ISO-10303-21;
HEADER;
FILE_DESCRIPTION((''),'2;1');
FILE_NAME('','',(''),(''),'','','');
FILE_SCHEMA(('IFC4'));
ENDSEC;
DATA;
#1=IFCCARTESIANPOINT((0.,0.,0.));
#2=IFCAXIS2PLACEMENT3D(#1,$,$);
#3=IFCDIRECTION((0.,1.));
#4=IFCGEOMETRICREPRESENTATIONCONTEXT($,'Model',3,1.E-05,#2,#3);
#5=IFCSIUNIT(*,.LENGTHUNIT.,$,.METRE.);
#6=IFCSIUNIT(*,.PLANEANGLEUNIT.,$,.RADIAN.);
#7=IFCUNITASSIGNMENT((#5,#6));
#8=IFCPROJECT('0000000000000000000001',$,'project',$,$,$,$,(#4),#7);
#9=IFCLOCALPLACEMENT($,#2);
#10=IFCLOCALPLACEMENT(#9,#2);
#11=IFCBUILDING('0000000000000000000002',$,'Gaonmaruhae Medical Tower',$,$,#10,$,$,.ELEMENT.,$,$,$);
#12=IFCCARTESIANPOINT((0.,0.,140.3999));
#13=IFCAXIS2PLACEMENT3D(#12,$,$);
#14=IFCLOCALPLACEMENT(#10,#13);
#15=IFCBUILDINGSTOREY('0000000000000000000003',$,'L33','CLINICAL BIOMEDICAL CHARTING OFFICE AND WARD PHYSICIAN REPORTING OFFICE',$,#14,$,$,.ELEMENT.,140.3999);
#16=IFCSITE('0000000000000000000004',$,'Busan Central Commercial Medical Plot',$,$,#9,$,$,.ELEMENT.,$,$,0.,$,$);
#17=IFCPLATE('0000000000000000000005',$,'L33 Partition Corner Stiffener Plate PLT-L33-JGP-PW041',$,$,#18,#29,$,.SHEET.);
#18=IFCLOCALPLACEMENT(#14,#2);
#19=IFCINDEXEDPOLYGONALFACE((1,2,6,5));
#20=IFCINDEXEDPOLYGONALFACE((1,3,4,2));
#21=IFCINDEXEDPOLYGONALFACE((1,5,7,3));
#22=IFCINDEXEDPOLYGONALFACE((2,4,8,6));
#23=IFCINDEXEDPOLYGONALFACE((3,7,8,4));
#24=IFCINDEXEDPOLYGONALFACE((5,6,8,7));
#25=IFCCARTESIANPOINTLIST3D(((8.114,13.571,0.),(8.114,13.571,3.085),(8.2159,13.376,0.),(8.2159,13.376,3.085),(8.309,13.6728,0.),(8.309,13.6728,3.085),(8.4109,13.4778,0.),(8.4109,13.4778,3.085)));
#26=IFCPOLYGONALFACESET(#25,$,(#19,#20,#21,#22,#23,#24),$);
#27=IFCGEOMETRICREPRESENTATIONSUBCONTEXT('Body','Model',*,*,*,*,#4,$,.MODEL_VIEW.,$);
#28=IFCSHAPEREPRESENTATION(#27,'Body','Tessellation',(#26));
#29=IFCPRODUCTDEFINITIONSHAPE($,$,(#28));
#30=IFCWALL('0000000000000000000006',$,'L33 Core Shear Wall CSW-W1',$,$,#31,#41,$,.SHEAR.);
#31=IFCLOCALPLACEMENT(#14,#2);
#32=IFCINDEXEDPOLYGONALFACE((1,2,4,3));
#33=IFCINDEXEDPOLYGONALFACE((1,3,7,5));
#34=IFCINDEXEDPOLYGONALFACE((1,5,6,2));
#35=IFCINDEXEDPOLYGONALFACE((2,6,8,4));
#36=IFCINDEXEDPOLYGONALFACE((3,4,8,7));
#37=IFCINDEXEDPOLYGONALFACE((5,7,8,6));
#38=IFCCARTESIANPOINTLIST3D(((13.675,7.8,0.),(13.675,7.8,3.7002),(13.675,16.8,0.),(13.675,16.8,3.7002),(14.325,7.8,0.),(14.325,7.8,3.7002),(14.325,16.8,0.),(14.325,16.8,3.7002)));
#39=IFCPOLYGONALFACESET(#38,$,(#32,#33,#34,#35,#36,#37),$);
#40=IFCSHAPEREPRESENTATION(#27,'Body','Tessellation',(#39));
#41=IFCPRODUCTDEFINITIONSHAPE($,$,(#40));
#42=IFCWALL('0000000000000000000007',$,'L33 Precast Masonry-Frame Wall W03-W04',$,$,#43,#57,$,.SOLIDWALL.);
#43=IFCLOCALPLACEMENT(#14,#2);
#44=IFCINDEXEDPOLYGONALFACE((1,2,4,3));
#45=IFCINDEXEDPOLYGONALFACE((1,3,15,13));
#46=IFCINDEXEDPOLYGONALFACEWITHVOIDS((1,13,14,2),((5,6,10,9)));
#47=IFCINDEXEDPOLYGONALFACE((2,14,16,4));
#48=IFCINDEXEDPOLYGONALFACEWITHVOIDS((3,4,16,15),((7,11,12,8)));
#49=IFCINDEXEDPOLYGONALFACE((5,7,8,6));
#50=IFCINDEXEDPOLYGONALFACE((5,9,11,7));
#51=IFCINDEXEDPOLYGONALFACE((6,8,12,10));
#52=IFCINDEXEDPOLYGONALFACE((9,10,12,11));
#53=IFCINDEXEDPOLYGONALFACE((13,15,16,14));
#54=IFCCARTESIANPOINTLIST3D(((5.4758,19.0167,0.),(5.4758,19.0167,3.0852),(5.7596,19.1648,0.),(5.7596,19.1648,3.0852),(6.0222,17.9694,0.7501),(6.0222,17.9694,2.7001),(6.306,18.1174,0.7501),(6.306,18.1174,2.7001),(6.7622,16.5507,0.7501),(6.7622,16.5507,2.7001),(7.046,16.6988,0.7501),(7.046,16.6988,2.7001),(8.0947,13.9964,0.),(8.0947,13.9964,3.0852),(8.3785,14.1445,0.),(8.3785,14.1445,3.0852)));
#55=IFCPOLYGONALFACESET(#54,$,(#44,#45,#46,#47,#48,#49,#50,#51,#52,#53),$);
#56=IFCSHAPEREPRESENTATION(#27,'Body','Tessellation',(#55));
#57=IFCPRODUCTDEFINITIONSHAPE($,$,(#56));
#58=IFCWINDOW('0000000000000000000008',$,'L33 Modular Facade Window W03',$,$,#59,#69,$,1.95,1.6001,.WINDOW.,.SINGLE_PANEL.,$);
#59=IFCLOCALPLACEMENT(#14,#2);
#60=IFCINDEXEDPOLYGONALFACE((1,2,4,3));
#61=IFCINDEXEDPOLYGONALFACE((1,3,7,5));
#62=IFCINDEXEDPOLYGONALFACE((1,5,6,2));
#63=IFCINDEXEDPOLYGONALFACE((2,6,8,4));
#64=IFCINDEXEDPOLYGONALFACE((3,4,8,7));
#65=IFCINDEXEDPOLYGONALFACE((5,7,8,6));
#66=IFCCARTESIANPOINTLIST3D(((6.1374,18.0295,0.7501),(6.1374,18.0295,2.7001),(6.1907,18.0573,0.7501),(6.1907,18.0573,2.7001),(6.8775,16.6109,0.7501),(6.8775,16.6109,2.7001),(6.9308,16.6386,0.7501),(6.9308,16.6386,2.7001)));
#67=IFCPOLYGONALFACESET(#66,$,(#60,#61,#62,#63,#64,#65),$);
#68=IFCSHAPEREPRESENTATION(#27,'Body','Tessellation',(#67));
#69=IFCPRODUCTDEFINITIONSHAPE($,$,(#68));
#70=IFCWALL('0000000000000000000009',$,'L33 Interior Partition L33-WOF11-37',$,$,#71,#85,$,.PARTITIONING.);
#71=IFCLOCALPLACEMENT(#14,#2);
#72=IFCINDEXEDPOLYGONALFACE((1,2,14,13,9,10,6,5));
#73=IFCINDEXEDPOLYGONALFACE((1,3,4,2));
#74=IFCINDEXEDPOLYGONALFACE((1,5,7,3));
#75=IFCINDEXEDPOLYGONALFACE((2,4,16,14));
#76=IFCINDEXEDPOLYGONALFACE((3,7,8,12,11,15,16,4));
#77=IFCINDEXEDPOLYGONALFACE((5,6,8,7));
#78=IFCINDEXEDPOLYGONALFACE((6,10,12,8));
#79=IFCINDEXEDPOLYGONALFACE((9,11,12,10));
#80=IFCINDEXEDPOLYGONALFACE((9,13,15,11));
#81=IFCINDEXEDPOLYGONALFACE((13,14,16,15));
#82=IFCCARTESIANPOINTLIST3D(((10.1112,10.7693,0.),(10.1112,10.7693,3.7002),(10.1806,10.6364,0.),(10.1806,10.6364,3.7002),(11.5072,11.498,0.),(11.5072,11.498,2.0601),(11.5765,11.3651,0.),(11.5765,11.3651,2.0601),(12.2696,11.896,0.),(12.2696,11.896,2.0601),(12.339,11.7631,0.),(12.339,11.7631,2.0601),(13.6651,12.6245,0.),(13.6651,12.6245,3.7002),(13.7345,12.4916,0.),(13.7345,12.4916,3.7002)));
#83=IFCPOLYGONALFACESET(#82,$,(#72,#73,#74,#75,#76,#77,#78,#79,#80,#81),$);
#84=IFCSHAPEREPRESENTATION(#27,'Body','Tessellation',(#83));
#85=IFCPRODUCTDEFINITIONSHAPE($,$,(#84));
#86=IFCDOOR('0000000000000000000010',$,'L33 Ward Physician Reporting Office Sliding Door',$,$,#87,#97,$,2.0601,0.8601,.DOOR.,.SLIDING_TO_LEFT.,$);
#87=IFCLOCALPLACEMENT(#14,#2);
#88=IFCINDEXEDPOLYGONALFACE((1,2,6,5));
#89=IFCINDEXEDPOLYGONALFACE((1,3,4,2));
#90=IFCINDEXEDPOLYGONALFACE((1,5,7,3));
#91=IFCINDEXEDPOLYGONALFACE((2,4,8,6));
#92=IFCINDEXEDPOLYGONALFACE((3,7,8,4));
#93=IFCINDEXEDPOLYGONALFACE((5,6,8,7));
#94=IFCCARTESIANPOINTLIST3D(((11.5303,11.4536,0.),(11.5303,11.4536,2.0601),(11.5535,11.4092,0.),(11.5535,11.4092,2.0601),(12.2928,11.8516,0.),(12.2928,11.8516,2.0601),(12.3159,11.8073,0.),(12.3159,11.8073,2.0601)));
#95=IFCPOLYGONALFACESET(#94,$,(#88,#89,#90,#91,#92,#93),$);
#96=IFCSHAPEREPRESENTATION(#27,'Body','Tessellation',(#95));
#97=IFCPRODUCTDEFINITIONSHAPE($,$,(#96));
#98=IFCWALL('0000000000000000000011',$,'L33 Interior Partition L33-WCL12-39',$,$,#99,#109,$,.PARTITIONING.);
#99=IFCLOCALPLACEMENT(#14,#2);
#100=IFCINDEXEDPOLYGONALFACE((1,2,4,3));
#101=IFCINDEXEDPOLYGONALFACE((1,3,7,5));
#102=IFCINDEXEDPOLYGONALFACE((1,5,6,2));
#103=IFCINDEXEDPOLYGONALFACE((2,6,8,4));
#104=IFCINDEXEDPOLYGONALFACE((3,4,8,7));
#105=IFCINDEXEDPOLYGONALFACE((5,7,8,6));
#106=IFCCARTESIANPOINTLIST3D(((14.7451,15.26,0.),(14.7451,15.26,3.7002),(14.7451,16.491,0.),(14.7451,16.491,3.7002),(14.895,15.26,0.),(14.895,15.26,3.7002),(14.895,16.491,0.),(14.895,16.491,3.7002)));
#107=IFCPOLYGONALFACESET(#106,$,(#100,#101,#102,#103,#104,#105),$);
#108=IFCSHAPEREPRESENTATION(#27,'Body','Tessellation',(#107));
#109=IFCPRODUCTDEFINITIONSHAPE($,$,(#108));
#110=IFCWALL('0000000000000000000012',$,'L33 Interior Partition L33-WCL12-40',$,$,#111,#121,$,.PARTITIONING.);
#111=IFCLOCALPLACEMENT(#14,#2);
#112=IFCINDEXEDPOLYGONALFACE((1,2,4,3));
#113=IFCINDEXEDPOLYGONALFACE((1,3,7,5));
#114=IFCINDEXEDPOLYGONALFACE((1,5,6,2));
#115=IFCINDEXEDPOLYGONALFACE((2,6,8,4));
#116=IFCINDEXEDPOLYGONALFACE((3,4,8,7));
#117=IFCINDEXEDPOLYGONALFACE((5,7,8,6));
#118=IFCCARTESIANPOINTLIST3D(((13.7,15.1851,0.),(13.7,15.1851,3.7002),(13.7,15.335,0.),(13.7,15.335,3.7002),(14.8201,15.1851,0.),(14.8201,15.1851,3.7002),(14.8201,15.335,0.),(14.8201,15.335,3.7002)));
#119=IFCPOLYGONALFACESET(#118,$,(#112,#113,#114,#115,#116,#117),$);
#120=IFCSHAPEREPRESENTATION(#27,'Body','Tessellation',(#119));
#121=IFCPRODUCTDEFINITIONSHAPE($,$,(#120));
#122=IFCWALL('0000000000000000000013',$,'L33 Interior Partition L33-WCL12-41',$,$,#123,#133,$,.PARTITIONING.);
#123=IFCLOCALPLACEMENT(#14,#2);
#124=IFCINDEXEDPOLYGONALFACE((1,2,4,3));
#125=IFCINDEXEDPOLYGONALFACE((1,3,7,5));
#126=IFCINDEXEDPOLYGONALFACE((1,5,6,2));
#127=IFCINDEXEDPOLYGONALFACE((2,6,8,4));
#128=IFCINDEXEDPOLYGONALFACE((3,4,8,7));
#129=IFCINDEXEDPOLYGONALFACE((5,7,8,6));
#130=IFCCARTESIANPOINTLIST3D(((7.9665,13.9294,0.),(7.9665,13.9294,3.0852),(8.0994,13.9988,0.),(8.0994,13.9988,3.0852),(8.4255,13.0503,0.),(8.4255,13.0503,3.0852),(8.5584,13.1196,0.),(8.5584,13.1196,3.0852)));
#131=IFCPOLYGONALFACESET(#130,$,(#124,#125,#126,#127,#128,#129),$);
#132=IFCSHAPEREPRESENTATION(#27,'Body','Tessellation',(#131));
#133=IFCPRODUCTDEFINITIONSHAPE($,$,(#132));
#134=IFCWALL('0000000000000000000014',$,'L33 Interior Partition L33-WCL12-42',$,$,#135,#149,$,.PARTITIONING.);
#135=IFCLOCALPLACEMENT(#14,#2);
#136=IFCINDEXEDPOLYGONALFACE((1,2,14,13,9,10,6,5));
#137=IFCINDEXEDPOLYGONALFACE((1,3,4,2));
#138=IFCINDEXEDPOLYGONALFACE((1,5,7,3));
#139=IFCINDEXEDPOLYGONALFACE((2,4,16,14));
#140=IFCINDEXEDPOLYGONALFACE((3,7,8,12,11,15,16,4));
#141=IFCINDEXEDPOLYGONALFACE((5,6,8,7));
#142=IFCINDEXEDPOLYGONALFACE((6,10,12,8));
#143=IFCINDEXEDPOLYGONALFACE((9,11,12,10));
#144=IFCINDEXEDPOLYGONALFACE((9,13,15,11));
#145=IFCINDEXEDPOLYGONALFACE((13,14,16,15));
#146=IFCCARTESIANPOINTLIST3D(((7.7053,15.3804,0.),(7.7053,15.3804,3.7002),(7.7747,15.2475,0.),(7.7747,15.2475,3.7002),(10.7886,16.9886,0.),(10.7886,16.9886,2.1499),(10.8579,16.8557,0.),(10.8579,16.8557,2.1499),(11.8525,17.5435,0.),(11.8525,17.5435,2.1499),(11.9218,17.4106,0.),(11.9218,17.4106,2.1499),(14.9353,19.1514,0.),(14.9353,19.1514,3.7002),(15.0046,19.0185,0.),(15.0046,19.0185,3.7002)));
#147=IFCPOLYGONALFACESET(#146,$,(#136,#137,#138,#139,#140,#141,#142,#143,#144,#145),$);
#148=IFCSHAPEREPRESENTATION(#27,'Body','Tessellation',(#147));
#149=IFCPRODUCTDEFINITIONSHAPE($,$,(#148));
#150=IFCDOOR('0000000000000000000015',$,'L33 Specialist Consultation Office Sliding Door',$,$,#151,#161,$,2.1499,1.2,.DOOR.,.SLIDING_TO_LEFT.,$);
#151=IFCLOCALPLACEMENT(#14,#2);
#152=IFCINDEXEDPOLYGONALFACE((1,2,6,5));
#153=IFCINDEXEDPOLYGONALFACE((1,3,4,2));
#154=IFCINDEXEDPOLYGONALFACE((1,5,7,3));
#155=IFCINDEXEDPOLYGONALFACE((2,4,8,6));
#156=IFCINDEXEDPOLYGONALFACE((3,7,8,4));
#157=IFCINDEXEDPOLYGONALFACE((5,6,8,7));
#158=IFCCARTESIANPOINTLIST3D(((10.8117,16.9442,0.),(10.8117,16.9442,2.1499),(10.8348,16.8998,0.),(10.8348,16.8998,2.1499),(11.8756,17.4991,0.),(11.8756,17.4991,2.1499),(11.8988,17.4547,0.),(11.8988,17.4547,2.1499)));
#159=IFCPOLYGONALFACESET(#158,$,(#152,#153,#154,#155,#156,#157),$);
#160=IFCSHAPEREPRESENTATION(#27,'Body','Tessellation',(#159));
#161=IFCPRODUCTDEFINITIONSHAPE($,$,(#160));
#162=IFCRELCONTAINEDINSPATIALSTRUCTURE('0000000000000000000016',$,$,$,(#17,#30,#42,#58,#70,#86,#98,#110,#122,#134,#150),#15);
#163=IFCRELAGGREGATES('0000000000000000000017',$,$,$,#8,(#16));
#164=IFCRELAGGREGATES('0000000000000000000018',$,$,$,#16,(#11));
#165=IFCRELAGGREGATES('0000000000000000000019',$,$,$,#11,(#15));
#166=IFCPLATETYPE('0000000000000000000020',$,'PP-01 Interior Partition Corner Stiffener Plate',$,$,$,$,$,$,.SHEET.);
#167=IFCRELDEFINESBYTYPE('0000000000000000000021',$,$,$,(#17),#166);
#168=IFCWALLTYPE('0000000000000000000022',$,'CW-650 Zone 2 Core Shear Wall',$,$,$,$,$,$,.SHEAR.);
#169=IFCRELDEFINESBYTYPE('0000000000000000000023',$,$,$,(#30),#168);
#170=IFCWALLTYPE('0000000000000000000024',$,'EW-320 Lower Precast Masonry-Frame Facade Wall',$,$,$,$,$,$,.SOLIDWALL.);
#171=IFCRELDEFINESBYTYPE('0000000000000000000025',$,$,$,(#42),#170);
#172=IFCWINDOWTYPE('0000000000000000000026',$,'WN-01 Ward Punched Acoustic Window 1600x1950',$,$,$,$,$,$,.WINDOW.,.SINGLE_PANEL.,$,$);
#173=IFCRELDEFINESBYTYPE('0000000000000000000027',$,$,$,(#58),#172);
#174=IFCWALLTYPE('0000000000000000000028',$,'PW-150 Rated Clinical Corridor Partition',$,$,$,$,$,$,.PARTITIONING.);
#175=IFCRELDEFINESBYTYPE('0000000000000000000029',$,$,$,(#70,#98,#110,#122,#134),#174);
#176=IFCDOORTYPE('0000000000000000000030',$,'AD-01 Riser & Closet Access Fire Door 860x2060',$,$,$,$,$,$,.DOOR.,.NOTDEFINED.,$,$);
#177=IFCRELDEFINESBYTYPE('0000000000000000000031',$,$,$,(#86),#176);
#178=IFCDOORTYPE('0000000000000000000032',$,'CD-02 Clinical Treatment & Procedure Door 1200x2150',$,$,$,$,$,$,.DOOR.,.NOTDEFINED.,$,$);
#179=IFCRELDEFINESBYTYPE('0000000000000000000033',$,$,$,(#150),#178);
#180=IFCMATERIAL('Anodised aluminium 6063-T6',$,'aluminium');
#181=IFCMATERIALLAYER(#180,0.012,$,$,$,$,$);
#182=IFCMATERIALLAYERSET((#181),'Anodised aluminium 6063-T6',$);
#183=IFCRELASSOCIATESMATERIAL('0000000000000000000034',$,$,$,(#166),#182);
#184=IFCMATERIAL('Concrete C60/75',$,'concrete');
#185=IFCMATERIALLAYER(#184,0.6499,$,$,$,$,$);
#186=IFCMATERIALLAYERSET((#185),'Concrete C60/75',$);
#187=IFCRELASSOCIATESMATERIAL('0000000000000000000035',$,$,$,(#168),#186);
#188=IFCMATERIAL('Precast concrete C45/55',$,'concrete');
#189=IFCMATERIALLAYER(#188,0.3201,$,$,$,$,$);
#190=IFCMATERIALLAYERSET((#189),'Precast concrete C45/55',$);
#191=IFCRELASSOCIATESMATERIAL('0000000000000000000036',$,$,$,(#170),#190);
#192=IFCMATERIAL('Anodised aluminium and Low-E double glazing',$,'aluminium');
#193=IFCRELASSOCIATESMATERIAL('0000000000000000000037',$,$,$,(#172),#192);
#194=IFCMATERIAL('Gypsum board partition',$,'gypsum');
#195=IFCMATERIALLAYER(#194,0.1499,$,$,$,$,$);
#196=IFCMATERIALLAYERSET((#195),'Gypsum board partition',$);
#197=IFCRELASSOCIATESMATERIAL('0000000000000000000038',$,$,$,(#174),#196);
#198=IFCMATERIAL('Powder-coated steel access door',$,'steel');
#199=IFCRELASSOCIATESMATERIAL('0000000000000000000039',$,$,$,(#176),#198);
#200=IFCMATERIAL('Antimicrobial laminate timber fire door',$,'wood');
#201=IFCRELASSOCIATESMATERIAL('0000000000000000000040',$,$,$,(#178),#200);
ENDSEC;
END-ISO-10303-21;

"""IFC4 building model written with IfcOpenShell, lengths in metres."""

from ifc_helpers import new_model, si_unit, direction, frame, frame_2d, origin, origin_2d, place, context, subcontext, project, spatial, rectangle, extrude, material, layer, layer_set, type_object, element, fill, save


model = new_model("IFC4")

# Units and contexts
model_context = context("Model", 3, precision=1e-05, world=origin(), true_north=direction((0.0, 1.0)))
body_context = subcontext(model_context, "Body", "Model", "MODEL_VIEW")
ifc_project = project(units=[si_unit("LENGTHUNIT", "METRE"), si_unit("PLANEANGLEUNIT", "RADIAN")], contexts=[model_context])

# Site, building, storey
site_placement = place(None, origin())
site = spatial("IfcSite", under=ifc_project, at=site_placement, Name="Busan Central Commercial Medical Plot", CompositionType="ELEMENT", RefElevation=0.0)
building_placement = place(site_placement, origin())
building = spatial("IfcBuilding", under=site, at=building_placement, Name="Gaonmaruhae Medical Tower", CompositionType="ELEMENT")
storey_placement = place(building_placement, frame((0.0, 0.0, 140.3999)))
storey = spatial("IfcBuildingStorey", under=building, at=storey_placement, Name="L33", Description="CLINICAL BIOMEDICAL CHARTING OFFICE AND WARD PHYSICIAN REPORTING OFFICE", CompositionType="ELEMENT", Elevation=140.3999)

# Shared definitions
ifc_material_1 = material(Name="Concrete C60/75", Category="concrete")

# Plate
ifc_material_2 = material(Name="Anodised aluminium 6063-T6", Category="aluminium")
ifc_layer_1 = layer(ifc_material_2, 0.012)
ifc_layer_set_1 = layer_set([ifc_layer_1], Name="Anodised aluminium 6063-T6")
plate_type = type_object("IfcPlateType", Name="PP-01 Interior Partition Corner Stiffener Plate", PredefinedType="SHEET", material=ifc_layer_set_1)
plate_placement = place(storey_placement, frame((8.2625, 13.5244, 0.0), z_axis=(0.0, 0.0, 1.0), x_axis=(-0.462878, 0.886422, 0.0)))
element("IfcPlate", 1, at=plate_placement, inside=storey, type_object=plate_type, Name="L33 Partition Corner Stiffener Plate PLT-L33-JGP-PW041", PredefinedType="SHEET", context=body_context, shape_type="SweptSolid", body=[
    extrude(rectangle(XDim=0.22, YDim=0.22, at=origin_2d()), origin(), (0.0, 0.0, 1.0), 3.085),
])

# Wall
ifc_layer_2 = layer(ifc_material_1, 0.6499)
ifc_layer_set_2 = layer_set([ifc_layer_2], Name="Concrete C60/75")
wall_type_1 = type_object("IfcWallType", Name="CW-650 Zone 2 Core Shear Wall", PredefinedType="SHEAR", material=ifc_layer_set_2)
wall_1_placement = place(storey_placement, frame((14.0, 16.8, 0.0), z_axis=(0.0, 0.0, 1.0), x_axis=(0.0, -1.0, 0.0)))
element("IfcWall", 2, at=wall_1_placement, inside=storey, type_object=wall_type_1, Name="L33 Core Shear Wall CSW-W1", PredefinedType="SHEAR", context=body_context, shape_type="SweptSolid", body=[
    extrude(rectangle(XDim=9.0, YDim=0.6499, at=frame_2d((4.5, 0.0))), origin(), (0.0, 0.0, 1.0), 3.7002),
])

# Wall, opening, window
ifc_material_3 = material(Name="Precast concrete C45/55", Category="concrete")
ifc_layer_3 = layer(ifc_material_3, 0.3201)
ifc_layer_set_3 = layer_set([ifc_layer_3], Name="Precast concrete C45/55")
wall_type_2 = type_object("IfcWallType", Name="EW-320 Lower Precast Masonry-Frame Facade Wall", PredefinedType="SOLIDWALL", material=ifc_layer_set_3)
wall_2_placement = place(storey_placement, frame((8.2366, 14.0706, 0.0), z_axis=(0.0, 0.0, 1.0), x_axis=(-0.462514, 0.886612, 0.0)))
wall_2 = element("IfcWall", 3, at=wall_2_placement, inside=storey, type_object=wall_type_2, Name="L33 Precast Masonry-Frame Wall W03-W04", PredefinedType="SOLIDWALL", context=body_context, shape_type="SweptSolid", body=[
    extrude(rectangle(XDim=5.6624, YDim=0.3201, at=frame_2d((2.8311, 0.0))), origin(), (0.0, 0.0, 1.0), 3.0852),
])
opening_1_placement = place(wall_2_placement, frame((2.8809, 0.0, 0.75)))
opening_1 = element("IfcOpeningElement", 4, at=opening_1_placement, cuts=wall_2, PredefinedType="OPENING", context=body_context, shape_type="SweptSolid", body=[
    extrude(rectangle(XDim=1.6001, YDim=1.95, at=frame_2d((0.8, 0.9751))), frame((0.0, 0.1699, 0.0), z_axis=(0.0, -1.0, 0.0), x_axis=(1.0, 0.0, 0.0)), (0.0, 0.0, 1.0), 0.3401),
])
ifc_material_4 = material(Name="Anodised aluminium and Low-E double glazing", Category="aluminium")
window_type = type_object("IfcWindowType", Name="WN-01 Ward Punched Acoustic Window 1600x1950", PartitioningType="SINGLE_PANEL", PredefinedType="WINDOW", material=ifc_material_4)
window_placement = place(opening_1_placement, origin())
window = element("IfcWindow", 5, at=window_placement, inside=storey, type_object=window_type, Name="L33 Modular Facade Window W03", OverallHeight=1.95, OverallWidth=1.6001, PartitioningType="SINGLE_PANEL", PredefinedType="WINDOW", context=body_context, shape_type="SweptSolid", body=[
    extrude(rectangle(XDim=1.6001, YDim=1.95, at=frame_2d((0.8, 0.9751))), frame((0.0, 0.03, 0.0), z_axis=(0.0, -1.0, 0.0), x_axis=(1.0, 0.0, 0.0)), (0.0, 0.0, 1.0), 0.0601),
])
fill(opening_1, window)

# Wall, opening, door
ifc_material_5 = material(Name="Gypsum board partition", Category="gypsum")
ifc_layer_4 = layer(ifc_material_5, 0.1499)
ifc_layer_set_4 = layer_set([ifc_layer_4], Name="Gypsum board partition")
wall_type_3 = type_object("IfcWallType", Name="PW-150 Rated Clinical Corridor Partition", PredefinedType="PARTITIONING", material=ifc_layer_set_4)
wall_3_placement = place(storey_placement, frame((10.146, 10.7029, 0.0), z_axis=(0.0, 0.0, 1.0), x_axis=(0.886484, 0.46276, 0.0)))
wall_3 = element("IfcWall", 6, at=wall_3_placement, inside=storey, type_object=wall_type_3, Name="L33 Interior Partition L33-WOF11-37", PredefinedType="PARTITIONING", context=body_context, shape_type="SweptSolid", body=[
    extrude(rectangle(XDim=4.009, YDim=0.1499, at=frame_2d((2.0044, 0.0))), origin(), (0.0, 0.0, 1.0), 3.7002),
])
opening_2_placement = place(wall_3_placement, frame((1.5745, 0.0, 0.0)))
opening_2 = element("IfcOpeningElement", 7, at=opening_2_placement, cuts=wall_3, PredefinedType="OPENING", context=body_context, shape_type="SweptSolid", body=[
    extrude(rectangle(XDim=0.8601, YDim=2.0601, at=frame_2d((0.4302, 1.03))), frame((0.0, 0.085, 0.0), z_axis=(0.0, -1.0, 0.0), x_axis=(1.0, 0.0, 0.0)), (0.0, 0.0, 1.0), 0.1699),
])
ifc_material_6 = material(Name="Powder-coated steel access door", Category="steel")
door_type_1 = type_object("IfcDoorType", Name="AD-01 Riser & Closet Access Fire Door 860x2060", OperationType="NOTDEFINED", PredefinedType="DOOR", material=ifc_material_6)
door_1_placement = place(opening_2_placement, origin())
door_1 = element("IfcDoor", 8, at=door_1_placement, inside=storey, type_object=door_type_1, Name="L33 Ward Physician Reporting Office Sliding Door", OperationType="SLIDING_TO_LEFT", OverallHeight=2.0601, OverallWidth=0.8601, PredefinedType="DOOR", context=body_context, shape_type="SweptSolid", body=[
    extrude(rectangle(XDim=0.8601, YDim=2.0601, at=frame_2d((0.4302, 1.03))), frame((0.0, 0.0249, 0.0), z_axis=(0.0, -1.0, 0.0), x_axis=(1.0, 0.0, 0.0)), (0.0, 0.0, 1.0), 0.05),
])
fill(opening_2, door_1)

# Walls
wall_4_placement = place(storey_placement, frame((14.8201, 16.491, 0.0), z_axis=(0.0, 0.0, 1.0), x_axis=(0.0, -1.0, 0.0)))
element("IfcWall", 9, at=wall_4_placement, inside=storey, type_object=wall_type_3, Name="L33 Interior Partition L33-WCL12-39", PredefinedType="PARTITIONING", context=body_context, shape_type="SweptSolid", body=[
    extrude(rectangle(XDim=1.231, YDim=0.1499, at=frame_2d((0.6155, 0.0))), origin(), (0.0, 0.0, 1.0), 3.7002),
])
wall_5_placement = place(storey_placement, frame((14.8201, 15.26, 0.0), z_axis=(0.0, 0.0, 1.0), x_axis=(-1.0, 0.0, 0.0)))
element("IfcWall", 10, at=wall_5_placement, inside=storey, type_object=wall_type_3, Name="L33 Interior Partition L33-WCL12-40", PredefinedType="PARTITIONING", context=body_context, shape_type="SweptSolid", body=[
    extrude(rectangle(XDim=1.1201, YDim=0.1499, at=frame_2d((0.5601, 0.0))), origin(), (0.0, 0.0, 1.0), 3.7002),
])
wall_6_placement = place(storey_placement, frame((8.4919, 13.085, 0.0), z_axis=(0.0, 0.0, 1.0), x_axis=(-0.462802, 0.886462, 0.0)))
element("IfcWall", 11, at=wall_6_placement, inside=storey, type_object=wall_type_3, Name="L33 Interior Partition L33-WCL12-41", PredefinedType="PARTITIONING", context=body_context, shape_type="SweptSolid", body=[
    extrude(rectangle(XDim=0.9917, YDim=0.1499, at=frame_2d((0.4958, 0.0))), origin(), (0.0, 0.0, 1.0), 3.0852),
])

# Wall, opening, door
wall_7_placement = place(storey_placement, frame((7.74, 15.314, 0.0), z_axis=(0.0, 0.0, 1.0), x_axis=(0.886644, 0.462453, 0.0)))
wall_7 = element("IfcWall", 12, at=wall_7_placement, inside=storey, type_object=wall_type_3, Name="L33 Interior Partition L33-WCL12-42", PredefinedType="PARTITIONING", context=body_context, shape_type="SweptSolid", body=[
    extrude(rectangle(XDim=8.1543, YDim=0.1499, at=frame_2d((4.0771, 0.0))), origin(), (0.0, 0.0, 1.0), 3.7002),
])
opening_3_placement = place(wall_7_placement, frame((3.4773, 0.0, 0.0)))
opening_3 = element("IfcOpeningElement", 13, at=opening_3_placement, cuts=wall_7, PredefinedType="OPENING", context=body_context, shape_type="SweptSolid", body=[
    extrude(rectangle(XDim=1.2, YDim=2.1499, at=frame_2d((0.6001, 1.075))), frame((0.0, 0.085, 0.0), z_axis=(0.0, -1.0, 0.0), x_axis=(1.0, 0.0, 0.0)), (0.0, 0.0, 1.0), 0.1699),
])
ifc_material_7 = material(Name="Antimicrobial laminate timber fire door", Category="wood")
door_type_2 = type_object("IfcDoorType", Name="CD-02 Clinical Treatment & Procedure Door 1200x2150", OperationType="NOTDEFINED", PredefinedType="DOOR", material=ifc_material_7)
door_2_placement = place(opening_3_placement, origin())
door_2 = element("IfcDoor", 14, at=door_2_placement, inside=storey, type_object=door_type_2, Name="L33 Specialist Consultation Office Sliding Door", OperationType="SLIDING_TO_LEFT", OverallHeight=2.1499, OverallWidth=1.2, PredefinedType="DOOR", context=body_context, shape_type="SweptSolid", body=[
    extrude(rectangle(XDim=1.2, YDim=2.1499, at=frame_2d((0.6001, 1.075))), frame((0.0, 0.0249, 0.0), z_axis=(0.0, -1.0, 0.0), x_axis=(1.0, 0.0, 0.0)), (0.0, 0.0, 1.0), 0.05),
])
fill(opening_3, door_2)

save(model, "model.ifc")
